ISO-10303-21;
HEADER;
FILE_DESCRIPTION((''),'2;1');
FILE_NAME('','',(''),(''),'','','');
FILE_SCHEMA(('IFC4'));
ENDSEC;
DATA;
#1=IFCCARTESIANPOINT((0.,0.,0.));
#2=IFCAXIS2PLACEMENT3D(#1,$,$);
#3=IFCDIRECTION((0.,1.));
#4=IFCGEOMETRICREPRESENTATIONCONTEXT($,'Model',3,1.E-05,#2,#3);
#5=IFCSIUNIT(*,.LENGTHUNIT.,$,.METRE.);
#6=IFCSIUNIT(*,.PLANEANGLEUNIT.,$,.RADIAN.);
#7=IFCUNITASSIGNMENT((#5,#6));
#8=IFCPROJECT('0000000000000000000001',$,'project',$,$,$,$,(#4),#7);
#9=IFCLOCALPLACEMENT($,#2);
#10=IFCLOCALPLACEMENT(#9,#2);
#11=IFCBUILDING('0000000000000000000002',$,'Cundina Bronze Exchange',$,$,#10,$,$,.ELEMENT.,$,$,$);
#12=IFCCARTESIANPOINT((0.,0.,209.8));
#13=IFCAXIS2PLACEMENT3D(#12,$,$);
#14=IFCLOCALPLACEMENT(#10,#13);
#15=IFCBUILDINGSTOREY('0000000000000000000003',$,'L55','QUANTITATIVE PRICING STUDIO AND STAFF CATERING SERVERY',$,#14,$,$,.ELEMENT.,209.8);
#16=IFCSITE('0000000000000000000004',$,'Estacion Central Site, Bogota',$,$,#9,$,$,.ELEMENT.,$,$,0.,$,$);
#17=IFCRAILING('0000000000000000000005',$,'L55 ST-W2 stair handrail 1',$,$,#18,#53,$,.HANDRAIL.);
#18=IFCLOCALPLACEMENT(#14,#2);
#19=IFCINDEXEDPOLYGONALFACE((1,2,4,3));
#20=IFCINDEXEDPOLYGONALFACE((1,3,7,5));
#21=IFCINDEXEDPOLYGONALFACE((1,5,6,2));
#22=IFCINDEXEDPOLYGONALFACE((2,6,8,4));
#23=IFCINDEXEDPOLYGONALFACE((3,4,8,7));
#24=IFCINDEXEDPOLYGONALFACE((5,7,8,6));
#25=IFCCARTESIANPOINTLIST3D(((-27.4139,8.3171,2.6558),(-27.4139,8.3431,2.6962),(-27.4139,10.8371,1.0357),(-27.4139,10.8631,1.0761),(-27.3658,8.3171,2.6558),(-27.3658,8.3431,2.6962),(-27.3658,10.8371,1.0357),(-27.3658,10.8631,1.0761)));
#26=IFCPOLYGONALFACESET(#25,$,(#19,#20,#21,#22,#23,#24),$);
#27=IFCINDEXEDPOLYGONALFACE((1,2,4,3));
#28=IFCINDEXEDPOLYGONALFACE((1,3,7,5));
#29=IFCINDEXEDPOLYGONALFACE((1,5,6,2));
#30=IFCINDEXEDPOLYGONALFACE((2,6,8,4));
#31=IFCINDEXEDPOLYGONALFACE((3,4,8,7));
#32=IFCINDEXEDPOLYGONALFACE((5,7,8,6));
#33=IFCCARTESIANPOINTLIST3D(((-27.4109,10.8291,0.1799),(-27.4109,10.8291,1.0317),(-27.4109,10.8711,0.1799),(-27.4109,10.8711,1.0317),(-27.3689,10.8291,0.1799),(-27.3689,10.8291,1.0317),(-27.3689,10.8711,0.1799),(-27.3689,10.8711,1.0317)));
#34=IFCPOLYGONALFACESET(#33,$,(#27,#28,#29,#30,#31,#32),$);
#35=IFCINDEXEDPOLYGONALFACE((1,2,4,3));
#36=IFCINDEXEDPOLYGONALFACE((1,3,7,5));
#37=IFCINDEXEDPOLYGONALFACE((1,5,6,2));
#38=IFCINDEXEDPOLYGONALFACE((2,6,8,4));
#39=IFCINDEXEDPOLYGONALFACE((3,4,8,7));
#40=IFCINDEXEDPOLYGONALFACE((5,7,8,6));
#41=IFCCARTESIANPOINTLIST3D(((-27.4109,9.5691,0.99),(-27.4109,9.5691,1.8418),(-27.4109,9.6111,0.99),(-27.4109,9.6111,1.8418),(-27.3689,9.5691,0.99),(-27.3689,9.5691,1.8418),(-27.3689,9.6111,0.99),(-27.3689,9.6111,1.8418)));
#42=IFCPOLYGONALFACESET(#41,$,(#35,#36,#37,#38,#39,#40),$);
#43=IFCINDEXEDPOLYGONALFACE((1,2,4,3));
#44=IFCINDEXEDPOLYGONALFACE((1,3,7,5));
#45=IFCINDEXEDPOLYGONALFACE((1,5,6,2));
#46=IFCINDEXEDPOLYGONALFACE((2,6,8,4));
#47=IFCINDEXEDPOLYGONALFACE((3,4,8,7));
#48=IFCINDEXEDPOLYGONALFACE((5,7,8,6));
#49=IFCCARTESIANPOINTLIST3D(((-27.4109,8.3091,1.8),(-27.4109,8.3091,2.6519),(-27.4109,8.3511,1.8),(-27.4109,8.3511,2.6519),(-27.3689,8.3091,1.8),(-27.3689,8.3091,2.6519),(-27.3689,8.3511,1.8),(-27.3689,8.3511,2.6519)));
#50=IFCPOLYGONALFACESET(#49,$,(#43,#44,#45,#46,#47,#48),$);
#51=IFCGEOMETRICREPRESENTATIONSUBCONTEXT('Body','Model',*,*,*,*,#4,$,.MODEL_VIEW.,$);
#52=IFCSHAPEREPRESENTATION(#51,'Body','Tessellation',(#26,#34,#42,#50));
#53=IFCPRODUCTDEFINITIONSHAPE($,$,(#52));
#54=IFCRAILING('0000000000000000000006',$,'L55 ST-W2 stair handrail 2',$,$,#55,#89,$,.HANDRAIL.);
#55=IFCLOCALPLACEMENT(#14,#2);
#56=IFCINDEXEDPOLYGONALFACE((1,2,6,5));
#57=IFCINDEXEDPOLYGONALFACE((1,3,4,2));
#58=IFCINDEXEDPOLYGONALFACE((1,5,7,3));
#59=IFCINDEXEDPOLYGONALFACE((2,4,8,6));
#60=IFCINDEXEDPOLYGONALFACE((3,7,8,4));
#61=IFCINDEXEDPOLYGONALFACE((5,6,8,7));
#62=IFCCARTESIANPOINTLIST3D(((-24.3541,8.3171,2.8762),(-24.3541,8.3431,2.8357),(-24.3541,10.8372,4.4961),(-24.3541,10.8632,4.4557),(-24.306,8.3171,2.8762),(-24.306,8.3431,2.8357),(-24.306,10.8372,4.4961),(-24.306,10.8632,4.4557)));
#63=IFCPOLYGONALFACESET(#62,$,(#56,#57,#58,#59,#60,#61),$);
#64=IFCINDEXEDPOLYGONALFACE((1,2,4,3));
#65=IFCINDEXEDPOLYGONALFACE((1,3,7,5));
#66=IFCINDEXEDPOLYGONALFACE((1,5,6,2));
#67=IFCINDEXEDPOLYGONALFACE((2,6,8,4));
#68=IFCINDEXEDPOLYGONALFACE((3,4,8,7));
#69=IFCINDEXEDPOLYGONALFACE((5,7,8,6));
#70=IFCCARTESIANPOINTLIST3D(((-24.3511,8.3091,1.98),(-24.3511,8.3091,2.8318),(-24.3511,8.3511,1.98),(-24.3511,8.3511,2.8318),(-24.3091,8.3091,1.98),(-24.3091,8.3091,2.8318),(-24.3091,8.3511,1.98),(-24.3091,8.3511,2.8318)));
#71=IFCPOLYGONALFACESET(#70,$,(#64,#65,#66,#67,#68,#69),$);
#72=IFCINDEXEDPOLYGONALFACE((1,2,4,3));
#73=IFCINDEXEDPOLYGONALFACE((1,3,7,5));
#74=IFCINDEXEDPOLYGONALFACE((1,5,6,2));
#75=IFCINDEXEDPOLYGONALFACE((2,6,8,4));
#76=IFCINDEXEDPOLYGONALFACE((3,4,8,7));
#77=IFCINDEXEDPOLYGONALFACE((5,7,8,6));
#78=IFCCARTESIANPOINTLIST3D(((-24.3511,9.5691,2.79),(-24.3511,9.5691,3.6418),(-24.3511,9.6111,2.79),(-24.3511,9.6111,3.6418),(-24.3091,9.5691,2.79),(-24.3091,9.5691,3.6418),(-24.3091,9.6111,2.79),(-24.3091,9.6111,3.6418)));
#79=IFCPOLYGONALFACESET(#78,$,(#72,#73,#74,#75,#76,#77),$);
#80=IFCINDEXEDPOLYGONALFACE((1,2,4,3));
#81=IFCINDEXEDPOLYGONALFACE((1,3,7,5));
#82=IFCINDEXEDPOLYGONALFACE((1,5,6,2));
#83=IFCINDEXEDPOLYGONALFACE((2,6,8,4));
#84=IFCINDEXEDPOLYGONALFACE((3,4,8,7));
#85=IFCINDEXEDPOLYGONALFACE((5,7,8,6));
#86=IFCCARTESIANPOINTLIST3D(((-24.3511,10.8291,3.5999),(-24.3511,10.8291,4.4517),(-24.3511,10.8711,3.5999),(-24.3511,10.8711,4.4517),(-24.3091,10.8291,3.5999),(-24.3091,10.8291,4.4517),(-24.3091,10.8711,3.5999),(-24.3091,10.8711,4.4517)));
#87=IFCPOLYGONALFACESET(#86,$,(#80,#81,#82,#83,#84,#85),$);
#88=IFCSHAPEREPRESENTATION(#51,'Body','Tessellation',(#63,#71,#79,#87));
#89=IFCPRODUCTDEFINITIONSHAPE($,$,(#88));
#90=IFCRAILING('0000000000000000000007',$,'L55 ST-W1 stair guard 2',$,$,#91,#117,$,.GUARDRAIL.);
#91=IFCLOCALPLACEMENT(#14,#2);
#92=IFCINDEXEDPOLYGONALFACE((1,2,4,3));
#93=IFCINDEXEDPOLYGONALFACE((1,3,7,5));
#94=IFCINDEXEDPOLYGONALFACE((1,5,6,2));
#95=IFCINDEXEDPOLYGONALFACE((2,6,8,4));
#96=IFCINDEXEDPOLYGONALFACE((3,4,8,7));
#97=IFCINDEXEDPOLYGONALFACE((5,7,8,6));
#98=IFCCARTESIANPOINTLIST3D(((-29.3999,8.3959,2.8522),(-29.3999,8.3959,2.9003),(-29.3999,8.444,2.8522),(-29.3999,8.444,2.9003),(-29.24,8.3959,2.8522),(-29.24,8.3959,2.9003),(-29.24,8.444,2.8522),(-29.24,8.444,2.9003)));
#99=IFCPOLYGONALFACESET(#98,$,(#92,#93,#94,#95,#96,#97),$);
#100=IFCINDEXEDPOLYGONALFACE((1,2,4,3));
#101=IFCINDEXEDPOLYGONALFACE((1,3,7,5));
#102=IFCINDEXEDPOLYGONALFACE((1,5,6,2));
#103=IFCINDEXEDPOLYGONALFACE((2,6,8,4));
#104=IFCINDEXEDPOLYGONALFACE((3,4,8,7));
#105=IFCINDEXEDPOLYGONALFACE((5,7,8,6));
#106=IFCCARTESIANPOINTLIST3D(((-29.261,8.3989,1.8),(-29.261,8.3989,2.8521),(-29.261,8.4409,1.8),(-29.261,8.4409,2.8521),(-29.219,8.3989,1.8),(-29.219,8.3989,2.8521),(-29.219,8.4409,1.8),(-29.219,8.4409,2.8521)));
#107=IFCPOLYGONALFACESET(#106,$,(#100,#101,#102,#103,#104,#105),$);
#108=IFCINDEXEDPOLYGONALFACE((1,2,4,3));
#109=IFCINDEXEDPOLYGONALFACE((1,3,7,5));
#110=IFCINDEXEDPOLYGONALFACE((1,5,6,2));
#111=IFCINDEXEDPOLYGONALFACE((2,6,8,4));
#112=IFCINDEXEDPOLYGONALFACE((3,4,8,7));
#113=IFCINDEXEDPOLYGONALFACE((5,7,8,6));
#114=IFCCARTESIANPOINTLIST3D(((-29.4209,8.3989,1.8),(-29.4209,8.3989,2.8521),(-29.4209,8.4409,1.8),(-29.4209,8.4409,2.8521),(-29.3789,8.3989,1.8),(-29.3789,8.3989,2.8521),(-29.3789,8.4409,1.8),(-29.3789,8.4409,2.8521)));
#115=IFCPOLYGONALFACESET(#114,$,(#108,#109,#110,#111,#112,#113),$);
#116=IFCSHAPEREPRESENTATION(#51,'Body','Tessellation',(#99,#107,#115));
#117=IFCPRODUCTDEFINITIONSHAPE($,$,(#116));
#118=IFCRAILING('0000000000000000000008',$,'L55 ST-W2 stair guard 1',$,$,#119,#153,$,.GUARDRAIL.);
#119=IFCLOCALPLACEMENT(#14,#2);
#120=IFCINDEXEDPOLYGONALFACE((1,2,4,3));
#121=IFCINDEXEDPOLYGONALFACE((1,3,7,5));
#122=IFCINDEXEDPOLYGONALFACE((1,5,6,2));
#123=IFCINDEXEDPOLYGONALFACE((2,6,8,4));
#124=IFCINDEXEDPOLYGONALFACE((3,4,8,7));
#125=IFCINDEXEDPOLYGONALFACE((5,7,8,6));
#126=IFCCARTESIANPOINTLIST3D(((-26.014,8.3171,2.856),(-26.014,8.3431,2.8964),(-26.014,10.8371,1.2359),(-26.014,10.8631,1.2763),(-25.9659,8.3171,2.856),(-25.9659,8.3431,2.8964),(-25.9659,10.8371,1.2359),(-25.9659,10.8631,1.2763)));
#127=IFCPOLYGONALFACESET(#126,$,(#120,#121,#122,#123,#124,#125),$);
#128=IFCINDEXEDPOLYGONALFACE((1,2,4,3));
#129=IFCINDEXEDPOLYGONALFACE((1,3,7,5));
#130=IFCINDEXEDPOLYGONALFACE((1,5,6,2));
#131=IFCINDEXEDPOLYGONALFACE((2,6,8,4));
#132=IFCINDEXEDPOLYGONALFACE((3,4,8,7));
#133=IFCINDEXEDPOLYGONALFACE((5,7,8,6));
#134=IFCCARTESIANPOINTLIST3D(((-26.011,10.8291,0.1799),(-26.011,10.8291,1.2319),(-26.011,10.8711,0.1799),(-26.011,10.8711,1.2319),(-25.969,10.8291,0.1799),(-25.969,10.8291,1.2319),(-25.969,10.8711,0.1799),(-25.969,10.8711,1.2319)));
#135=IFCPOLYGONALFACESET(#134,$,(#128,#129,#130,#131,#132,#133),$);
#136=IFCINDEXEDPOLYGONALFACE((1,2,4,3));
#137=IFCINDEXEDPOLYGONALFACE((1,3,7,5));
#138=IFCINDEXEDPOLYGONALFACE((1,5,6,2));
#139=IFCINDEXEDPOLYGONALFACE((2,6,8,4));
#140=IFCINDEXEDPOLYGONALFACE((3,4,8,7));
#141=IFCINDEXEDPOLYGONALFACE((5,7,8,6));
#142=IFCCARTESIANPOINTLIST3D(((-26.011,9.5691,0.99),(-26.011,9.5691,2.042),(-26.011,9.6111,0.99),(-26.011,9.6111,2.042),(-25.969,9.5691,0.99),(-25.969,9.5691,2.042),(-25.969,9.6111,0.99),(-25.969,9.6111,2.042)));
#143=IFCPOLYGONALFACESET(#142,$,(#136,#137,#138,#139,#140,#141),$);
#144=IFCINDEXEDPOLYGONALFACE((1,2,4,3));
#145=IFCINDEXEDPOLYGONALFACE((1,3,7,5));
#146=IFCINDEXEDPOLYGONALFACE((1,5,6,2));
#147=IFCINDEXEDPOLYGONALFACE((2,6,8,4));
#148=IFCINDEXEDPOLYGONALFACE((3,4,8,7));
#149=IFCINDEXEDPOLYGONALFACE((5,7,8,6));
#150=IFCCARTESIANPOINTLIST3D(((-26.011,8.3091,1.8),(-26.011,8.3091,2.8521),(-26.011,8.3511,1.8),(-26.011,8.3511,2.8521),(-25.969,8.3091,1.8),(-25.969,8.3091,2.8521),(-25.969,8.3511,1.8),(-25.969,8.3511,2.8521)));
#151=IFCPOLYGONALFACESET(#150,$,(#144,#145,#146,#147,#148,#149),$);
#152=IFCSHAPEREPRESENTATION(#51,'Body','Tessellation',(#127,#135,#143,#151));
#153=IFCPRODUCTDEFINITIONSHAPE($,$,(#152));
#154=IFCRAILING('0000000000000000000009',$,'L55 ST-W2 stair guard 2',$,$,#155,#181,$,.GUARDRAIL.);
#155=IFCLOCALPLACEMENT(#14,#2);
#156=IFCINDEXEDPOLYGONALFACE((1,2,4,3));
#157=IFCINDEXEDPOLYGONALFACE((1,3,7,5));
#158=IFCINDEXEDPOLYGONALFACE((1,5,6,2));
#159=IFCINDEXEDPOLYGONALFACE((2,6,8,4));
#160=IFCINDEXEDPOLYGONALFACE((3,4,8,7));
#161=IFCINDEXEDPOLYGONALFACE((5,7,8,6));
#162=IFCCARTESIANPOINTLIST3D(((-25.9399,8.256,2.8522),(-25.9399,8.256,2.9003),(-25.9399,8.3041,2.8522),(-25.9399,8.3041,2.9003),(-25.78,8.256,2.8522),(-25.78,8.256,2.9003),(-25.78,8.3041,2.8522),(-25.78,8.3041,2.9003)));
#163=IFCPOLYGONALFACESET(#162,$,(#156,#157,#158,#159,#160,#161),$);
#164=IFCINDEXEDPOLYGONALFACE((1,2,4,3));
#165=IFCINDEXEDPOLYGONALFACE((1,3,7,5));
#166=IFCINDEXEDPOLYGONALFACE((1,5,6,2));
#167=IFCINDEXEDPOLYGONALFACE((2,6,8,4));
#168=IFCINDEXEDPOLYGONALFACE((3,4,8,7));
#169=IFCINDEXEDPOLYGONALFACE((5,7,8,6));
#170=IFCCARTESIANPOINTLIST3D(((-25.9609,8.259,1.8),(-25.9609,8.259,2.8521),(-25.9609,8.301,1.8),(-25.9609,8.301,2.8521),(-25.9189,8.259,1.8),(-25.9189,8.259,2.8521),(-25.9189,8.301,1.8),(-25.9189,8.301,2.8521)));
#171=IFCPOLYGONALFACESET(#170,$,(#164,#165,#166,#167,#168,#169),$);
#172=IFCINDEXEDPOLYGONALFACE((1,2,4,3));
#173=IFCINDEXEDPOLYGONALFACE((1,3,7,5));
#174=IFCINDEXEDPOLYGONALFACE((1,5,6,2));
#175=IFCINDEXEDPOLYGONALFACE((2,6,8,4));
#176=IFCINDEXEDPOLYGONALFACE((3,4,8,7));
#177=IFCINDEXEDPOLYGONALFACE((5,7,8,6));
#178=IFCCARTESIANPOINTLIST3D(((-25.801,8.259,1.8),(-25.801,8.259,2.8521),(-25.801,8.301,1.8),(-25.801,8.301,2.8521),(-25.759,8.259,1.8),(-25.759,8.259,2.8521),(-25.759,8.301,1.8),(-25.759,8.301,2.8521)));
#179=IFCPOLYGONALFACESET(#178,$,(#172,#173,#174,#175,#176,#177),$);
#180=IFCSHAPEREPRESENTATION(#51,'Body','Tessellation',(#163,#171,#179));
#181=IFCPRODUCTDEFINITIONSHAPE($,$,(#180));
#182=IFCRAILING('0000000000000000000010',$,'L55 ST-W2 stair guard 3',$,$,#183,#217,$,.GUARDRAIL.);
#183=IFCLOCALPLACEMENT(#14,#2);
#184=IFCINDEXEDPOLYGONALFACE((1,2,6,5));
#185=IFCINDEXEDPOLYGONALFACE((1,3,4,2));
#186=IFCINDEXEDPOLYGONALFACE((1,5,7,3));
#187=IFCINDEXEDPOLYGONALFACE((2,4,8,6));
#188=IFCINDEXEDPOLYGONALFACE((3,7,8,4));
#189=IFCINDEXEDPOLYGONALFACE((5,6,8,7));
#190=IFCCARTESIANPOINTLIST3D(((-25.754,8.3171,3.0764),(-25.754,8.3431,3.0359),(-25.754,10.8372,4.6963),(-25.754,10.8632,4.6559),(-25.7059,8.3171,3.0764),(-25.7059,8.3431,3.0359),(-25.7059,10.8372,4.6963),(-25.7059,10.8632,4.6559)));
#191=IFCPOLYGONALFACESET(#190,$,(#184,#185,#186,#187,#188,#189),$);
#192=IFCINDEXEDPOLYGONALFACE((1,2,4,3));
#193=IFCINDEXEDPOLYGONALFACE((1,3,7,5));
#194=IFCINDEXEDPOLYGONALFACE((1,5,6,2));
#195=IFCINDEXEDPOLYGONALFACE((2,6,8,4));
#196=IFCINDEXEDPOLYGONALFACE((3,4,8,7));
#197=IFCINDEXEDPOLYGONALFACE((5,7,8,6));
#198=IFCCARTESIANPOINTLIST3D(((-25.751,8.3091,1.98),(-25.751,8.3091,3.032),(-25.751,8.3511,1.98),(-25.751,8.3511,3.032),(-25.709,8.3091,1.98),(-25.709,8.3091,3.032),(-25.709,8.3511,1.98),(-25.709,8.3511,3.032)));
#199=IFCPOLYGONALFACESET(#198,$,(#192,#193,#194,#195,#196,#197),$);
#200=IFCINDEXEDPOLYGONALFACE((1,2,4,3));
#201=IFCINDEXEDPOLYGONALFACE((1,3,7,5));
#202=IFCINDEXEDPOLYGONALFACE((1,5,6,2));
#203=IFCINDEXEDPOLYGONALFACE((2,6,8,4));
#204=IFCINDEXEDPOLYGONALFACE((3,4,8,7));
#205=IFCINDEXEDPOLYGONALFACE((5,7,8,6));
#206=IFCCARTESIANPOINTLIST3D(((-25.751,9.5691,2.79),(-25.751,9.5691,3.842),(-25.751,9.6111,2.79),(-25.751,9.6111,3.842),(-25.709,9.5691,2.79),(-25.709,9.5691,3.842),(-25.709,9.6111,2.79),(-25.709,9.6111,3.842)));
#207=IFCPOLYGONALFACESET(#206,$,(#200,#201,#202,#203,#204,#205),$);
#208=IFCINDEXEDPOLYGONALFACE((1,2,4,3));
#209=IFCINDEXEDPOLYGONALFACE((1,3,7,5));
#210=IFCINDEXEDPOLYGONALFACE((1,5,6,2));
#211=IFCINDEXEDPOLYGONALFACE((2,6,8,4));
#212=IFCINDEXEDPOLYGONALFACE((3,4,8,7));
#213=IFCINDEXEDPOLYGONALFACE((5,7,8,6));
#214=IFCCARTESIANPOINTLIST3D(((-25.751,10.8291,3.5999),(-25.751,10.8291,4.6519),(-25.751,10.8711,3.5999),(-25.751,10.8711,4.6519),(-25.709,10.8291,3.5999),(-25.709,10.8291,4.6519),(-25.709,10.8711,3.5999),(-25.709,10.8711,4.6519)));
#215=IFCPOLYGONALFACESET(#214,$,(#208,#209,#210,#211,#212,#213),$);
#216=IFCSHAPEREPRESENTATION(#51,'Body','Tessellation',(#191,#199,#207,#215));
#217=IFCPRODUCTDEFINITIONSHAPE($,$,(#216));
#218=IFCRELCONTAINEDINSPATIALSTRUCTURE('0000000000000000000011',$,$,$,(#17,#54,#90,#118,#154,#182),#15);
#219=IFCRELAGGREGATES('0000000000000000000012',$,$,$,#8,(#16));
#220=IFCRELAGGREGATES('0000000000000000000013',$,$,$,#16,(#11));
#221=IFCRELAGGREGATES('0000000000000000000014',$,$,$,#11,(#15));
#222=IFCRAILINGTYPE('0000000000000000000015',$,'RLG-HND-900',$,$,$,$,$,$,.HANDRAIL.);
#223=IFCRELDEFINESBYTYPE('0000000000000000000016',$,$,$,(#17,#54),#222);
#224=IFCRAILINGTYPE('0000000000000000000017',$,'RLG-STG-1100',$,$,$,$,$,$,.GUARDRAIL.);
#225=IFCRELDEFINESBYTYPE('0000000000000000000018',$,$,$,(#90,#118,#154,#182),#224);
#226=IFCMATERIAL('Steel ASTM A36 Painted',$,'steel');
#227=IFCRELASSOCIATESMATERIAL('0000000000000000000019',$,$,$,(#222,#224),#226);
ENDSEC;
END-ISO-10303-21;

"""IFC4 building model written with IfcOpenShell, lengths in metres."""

from ifc_helpers import new_model, si_unit, direction, frame, origin, origin_2d, place, context, subcontext, project, spatial, rectangle, extrude, material, type_object, element, save


model = new_model("IFC4")

# Units and contexts
model_context = context("Model", 3, precision=1e-05, world=origin(), true_north=direction((0.0, 1.0)))
body_context = subcontext(model_context, "Body", "Model", "MODEL_VIEW")
ifc_project = project(units=[si_unit("LENGTHUNIT", "METRE"), si_unit("PLANEANGLEUNIT", "RADIAN")], contexts=[model_context])

# Site, building, storey
site_placement = place(None, origin())
site = spatial("IfcSite", under=ifc_project, at=site_placement, Name="Estacion Central Site, Bogota", CompositionType="ELEMENT", RefElevation=0.0)
building_placement = place(site_placement, origin())
building = spatial("IfcBuilding", under=site, at=building_placement, Name="Cundina Bronze Exchange", CompositionType="ELEMENT")
storey_placement = place(building_placement, frame((0.0, 0.0, 209.8)))
storey = spatial("IfcBuildingStorey", under=building, at=storey_placement, Name="L55", Description="QUANTITATIVE PRICING STUDIO AND STAFF CATERING SERVERY", CompositionType="ELEMENT", Elevation=209.8)

# Shared definitions
ifc_material_1 = material(Name="Steel ASTM A36 Painted", Category="steel")

# Railings
railing_type_1 = type_object("IfcRailingType", Name="RLG-HND-900", PredefinedType="HANDRAIL", material=ifc_material_1)
railing_1_placement = place(storey_placement, frame((-27.3899, 10.8501, 0.1799)))
element("IfcRailing", 1, at=railing_1_placement, inside=storey, type_object=railing_type_1, Name="L55 ST-W2 stair handrail 1", PredefinedType="HANDRAIL", context=body_context, shape_type="SweptSolid", body=[
    extrude(rectangle(XDim=0.0481, YDim=0.0481, at=origin_2d()), frame((0.0, 0.0, 0.876), z_axis=(0.0, -0.841163, 0.540782), x_axis=(1.0, 0.0, 0.0)), (0.0, 0.0, 1.0), 2.9958),
    extrude(rectangle(XDim=0.042, YDim=0.042, at=origin_2d()), origin(), (0.0, 0.0, 1.0), 0.8518),
    extrude(rectangle(XDim=0.042, YDim=0.042, at=origin_2d()), frame((0.0, -1.26, 0.8101)), (0.0, 0.0, 1.0), 0.8518),
    extrude(rectangle(XDim=0.042, YDim=0.042, at=origin_2d()), frame((0.0, -2.52, 1.6201)), (0.0, 0.0, 1.0), 0.8518),
])
railing_2_placement = place(storey_placement, frame((-24.3301, 8.3301, 1.98)))
element("IfcRailing", 2, at=railing_2_placement, inside=storey, type_object=railing_type_1, Name="L55 ST-W2 stair handrail 2", PredefinedType="HANDRAIL", context=body_context, shape_type="SweptSolid", body=[
    extrude(rectangle(XDim=0.0481, YDim=0.0481, at=origin_2d()), frame((0.0, 0.0, 0.876), z_axis=(0.0, 0.8412, 0.540725), x_axis=(-1.0, 0.0, 0.0)), (0.0, 0.0, 1.0), 2.9958),
    extrude(rectangle(XDim=0.042, YDim=0.042, at=origin_2d()), origin(), (0.0, 0.0, 1.0), 0.8518),
    extrude(rectangle(XDim=0.042, YDim=0.042, at=origin_2d()), frame((0.0, 1.26, 0.8101)), (0.0, 0.0, 1.0), 0.8518),
    extrude(rectangle(XDim=0.042, YDim=0.042, at=origin_2d()), frame((0.0, 2.52, 1.6199)), (0.0, 0.0, 1.0), 0.8518),
])
railing_type_2 = type_object("IfcRailingType", Name="RLG-STG-1100", PredefinedType="GUARDRAIL", material=ifc_material_1)
railing_3_placement = place(storey_placement, frame((-29.24, 8.4199, 1.8)))
element("IfcRailing", 3, at=railing_3_placement, inside=storey, type_object=railing_type_2, Name="L55 ST-W1 stair guard 2", PredefinedType="GUARDRAIL", context=body_context, shape_type="SweptSolid", body=[
    extrude(rectangle(XDim=0.0481, YDim=0.0481, at=origin_2d()), frame((0.0, 0.0, 1.0762), z_axis=(-1.0, 0.0, 0.0), x_axis=(0.0, -1.0, 0.0)), (0.0, 0.0, 1.0), 0.1599),
    extrude(rectangle(XDim=0.042, YDim=0.042, at=origin_2d()), origin(), (0.0, 0.0, 1.0), 1.052),
    extrude(rectangle(XDim=0.042, YDim=0.042, at=origin_2d()), frame((-0.1599, 0.0, 0.0)), (0.0, 0.0, 1.0), 1.052),
])
railing_4_placement = place(storey_placement, frame((-25.99, 10.8501, 0.1799)))
element("IfcRailing", 4, at=railing_4_placement, inside=storey, type_object=railing_type_2, Name="L55 ST-W2 stair guard 1", PredefinedType="GUARDRAIL", context=body_context, shape_type="SweptSolid", body=[
    extrude(rectangle(XDim=0.0481, YDim=0.0481, at=origin_2d()), frame((0.0, 0.0, 1.0762), z_axis=(0.0, -0.841163, 0.540782), x_axis=(1.0, 0.0, 0.0)), (0.0, 0.0, 1.0), 2.9958),
    extrude(rectangle(XDim=0.042, YDim=0.042, at=origin_2d()), origin(), (0.0, 0.0, 1.0), 1.052),
    extrude(rectangle(XDim=0.042, YDim=0.042, at=origin_2d()), frame((0.0, -1.26, 0.8101)), (0.0, 0.0, 1.0), 1.052),
    extrude(rectangle(XDim=0.042, YDim=0.042, at=origin_2d()), frame((0.0, -2.52, 1.6201)), (0.0, 0.0, 1.0), 1.052),
])
railing_5_placement = place(storey_placement, frame((-25.9399, 8.28, 1.8)))
element("IfcRailing", 5, at=railing_5_placement, inside=storey, type_object=railing_type_2, Name="L55 ST-W2 stair guard 2", PredefinedType="GUARDRAIL", context=body_context, shape_type="SweptSolid", body=[
    extrude(rectangle(XDim=0.0481, YDim=0.0481, at=origin_2d()), frame((0.0, 0.0, 1.0762), z_axis=(1.0, 0.0, 0.0), x_axis=(0.0, 1.0, 0.0)), (0.0, 0.0, 1.0), 0.1599),
    extrude(rectangle(XDim=0.042, YDim=0.042, at=origin_2d()), origin(), (0.0, 0.0, 1.0), 1.052),
    extrude(rectangle(XDim=0.042, YDim=0.042, at=origin_2d()), frame((0.1599, 0.0, 0.0)), (0.0, 0.0, 1.0), 1.052),
])
railing_6_placement = place(storey_placement, frame((-25.73, 8.3301, 1.98)))
element("IfcRailing", 6, at=railing_6_placement, inside=storey, type_object=railing_type_2, Name="L55 ST-W2 stair guard 3", PredefinedType="GUARDRAIL", context=body_context, shape_type="SweptSolid", body=[
    extrude(rectangle(XDim=0.0481, YDim=0.0481, at=origin_2d()), frame((0.0, 0.0, 1.0762), z_axis=(0.0, 0.8412, 0.540725), x_axis=(-1.0, 0.0, 0.0)), (0.0, 0.0, 1.0), 2.9958),
    extrude(rectangle(XDim=0.042, YDim=0.042, at=origin_2d()), origin(), (0.0, 0.0, 1.0), 1.052),
    extrude(rectangle(XDim=0.042, YDim=0.042, at=origin_2d()), frame((0.0, 1.26, 0.8101)), (0.0, 0.0, 1.0), 1.052),
    extrude(rectangle(XDim=0.042, YDim=0.042, at=origin_2d()), frame((0.0, 2.52, 1.6199)), (0.0, 0.0, 1.0), 1.052),
])

save(model, "model.ifc")
